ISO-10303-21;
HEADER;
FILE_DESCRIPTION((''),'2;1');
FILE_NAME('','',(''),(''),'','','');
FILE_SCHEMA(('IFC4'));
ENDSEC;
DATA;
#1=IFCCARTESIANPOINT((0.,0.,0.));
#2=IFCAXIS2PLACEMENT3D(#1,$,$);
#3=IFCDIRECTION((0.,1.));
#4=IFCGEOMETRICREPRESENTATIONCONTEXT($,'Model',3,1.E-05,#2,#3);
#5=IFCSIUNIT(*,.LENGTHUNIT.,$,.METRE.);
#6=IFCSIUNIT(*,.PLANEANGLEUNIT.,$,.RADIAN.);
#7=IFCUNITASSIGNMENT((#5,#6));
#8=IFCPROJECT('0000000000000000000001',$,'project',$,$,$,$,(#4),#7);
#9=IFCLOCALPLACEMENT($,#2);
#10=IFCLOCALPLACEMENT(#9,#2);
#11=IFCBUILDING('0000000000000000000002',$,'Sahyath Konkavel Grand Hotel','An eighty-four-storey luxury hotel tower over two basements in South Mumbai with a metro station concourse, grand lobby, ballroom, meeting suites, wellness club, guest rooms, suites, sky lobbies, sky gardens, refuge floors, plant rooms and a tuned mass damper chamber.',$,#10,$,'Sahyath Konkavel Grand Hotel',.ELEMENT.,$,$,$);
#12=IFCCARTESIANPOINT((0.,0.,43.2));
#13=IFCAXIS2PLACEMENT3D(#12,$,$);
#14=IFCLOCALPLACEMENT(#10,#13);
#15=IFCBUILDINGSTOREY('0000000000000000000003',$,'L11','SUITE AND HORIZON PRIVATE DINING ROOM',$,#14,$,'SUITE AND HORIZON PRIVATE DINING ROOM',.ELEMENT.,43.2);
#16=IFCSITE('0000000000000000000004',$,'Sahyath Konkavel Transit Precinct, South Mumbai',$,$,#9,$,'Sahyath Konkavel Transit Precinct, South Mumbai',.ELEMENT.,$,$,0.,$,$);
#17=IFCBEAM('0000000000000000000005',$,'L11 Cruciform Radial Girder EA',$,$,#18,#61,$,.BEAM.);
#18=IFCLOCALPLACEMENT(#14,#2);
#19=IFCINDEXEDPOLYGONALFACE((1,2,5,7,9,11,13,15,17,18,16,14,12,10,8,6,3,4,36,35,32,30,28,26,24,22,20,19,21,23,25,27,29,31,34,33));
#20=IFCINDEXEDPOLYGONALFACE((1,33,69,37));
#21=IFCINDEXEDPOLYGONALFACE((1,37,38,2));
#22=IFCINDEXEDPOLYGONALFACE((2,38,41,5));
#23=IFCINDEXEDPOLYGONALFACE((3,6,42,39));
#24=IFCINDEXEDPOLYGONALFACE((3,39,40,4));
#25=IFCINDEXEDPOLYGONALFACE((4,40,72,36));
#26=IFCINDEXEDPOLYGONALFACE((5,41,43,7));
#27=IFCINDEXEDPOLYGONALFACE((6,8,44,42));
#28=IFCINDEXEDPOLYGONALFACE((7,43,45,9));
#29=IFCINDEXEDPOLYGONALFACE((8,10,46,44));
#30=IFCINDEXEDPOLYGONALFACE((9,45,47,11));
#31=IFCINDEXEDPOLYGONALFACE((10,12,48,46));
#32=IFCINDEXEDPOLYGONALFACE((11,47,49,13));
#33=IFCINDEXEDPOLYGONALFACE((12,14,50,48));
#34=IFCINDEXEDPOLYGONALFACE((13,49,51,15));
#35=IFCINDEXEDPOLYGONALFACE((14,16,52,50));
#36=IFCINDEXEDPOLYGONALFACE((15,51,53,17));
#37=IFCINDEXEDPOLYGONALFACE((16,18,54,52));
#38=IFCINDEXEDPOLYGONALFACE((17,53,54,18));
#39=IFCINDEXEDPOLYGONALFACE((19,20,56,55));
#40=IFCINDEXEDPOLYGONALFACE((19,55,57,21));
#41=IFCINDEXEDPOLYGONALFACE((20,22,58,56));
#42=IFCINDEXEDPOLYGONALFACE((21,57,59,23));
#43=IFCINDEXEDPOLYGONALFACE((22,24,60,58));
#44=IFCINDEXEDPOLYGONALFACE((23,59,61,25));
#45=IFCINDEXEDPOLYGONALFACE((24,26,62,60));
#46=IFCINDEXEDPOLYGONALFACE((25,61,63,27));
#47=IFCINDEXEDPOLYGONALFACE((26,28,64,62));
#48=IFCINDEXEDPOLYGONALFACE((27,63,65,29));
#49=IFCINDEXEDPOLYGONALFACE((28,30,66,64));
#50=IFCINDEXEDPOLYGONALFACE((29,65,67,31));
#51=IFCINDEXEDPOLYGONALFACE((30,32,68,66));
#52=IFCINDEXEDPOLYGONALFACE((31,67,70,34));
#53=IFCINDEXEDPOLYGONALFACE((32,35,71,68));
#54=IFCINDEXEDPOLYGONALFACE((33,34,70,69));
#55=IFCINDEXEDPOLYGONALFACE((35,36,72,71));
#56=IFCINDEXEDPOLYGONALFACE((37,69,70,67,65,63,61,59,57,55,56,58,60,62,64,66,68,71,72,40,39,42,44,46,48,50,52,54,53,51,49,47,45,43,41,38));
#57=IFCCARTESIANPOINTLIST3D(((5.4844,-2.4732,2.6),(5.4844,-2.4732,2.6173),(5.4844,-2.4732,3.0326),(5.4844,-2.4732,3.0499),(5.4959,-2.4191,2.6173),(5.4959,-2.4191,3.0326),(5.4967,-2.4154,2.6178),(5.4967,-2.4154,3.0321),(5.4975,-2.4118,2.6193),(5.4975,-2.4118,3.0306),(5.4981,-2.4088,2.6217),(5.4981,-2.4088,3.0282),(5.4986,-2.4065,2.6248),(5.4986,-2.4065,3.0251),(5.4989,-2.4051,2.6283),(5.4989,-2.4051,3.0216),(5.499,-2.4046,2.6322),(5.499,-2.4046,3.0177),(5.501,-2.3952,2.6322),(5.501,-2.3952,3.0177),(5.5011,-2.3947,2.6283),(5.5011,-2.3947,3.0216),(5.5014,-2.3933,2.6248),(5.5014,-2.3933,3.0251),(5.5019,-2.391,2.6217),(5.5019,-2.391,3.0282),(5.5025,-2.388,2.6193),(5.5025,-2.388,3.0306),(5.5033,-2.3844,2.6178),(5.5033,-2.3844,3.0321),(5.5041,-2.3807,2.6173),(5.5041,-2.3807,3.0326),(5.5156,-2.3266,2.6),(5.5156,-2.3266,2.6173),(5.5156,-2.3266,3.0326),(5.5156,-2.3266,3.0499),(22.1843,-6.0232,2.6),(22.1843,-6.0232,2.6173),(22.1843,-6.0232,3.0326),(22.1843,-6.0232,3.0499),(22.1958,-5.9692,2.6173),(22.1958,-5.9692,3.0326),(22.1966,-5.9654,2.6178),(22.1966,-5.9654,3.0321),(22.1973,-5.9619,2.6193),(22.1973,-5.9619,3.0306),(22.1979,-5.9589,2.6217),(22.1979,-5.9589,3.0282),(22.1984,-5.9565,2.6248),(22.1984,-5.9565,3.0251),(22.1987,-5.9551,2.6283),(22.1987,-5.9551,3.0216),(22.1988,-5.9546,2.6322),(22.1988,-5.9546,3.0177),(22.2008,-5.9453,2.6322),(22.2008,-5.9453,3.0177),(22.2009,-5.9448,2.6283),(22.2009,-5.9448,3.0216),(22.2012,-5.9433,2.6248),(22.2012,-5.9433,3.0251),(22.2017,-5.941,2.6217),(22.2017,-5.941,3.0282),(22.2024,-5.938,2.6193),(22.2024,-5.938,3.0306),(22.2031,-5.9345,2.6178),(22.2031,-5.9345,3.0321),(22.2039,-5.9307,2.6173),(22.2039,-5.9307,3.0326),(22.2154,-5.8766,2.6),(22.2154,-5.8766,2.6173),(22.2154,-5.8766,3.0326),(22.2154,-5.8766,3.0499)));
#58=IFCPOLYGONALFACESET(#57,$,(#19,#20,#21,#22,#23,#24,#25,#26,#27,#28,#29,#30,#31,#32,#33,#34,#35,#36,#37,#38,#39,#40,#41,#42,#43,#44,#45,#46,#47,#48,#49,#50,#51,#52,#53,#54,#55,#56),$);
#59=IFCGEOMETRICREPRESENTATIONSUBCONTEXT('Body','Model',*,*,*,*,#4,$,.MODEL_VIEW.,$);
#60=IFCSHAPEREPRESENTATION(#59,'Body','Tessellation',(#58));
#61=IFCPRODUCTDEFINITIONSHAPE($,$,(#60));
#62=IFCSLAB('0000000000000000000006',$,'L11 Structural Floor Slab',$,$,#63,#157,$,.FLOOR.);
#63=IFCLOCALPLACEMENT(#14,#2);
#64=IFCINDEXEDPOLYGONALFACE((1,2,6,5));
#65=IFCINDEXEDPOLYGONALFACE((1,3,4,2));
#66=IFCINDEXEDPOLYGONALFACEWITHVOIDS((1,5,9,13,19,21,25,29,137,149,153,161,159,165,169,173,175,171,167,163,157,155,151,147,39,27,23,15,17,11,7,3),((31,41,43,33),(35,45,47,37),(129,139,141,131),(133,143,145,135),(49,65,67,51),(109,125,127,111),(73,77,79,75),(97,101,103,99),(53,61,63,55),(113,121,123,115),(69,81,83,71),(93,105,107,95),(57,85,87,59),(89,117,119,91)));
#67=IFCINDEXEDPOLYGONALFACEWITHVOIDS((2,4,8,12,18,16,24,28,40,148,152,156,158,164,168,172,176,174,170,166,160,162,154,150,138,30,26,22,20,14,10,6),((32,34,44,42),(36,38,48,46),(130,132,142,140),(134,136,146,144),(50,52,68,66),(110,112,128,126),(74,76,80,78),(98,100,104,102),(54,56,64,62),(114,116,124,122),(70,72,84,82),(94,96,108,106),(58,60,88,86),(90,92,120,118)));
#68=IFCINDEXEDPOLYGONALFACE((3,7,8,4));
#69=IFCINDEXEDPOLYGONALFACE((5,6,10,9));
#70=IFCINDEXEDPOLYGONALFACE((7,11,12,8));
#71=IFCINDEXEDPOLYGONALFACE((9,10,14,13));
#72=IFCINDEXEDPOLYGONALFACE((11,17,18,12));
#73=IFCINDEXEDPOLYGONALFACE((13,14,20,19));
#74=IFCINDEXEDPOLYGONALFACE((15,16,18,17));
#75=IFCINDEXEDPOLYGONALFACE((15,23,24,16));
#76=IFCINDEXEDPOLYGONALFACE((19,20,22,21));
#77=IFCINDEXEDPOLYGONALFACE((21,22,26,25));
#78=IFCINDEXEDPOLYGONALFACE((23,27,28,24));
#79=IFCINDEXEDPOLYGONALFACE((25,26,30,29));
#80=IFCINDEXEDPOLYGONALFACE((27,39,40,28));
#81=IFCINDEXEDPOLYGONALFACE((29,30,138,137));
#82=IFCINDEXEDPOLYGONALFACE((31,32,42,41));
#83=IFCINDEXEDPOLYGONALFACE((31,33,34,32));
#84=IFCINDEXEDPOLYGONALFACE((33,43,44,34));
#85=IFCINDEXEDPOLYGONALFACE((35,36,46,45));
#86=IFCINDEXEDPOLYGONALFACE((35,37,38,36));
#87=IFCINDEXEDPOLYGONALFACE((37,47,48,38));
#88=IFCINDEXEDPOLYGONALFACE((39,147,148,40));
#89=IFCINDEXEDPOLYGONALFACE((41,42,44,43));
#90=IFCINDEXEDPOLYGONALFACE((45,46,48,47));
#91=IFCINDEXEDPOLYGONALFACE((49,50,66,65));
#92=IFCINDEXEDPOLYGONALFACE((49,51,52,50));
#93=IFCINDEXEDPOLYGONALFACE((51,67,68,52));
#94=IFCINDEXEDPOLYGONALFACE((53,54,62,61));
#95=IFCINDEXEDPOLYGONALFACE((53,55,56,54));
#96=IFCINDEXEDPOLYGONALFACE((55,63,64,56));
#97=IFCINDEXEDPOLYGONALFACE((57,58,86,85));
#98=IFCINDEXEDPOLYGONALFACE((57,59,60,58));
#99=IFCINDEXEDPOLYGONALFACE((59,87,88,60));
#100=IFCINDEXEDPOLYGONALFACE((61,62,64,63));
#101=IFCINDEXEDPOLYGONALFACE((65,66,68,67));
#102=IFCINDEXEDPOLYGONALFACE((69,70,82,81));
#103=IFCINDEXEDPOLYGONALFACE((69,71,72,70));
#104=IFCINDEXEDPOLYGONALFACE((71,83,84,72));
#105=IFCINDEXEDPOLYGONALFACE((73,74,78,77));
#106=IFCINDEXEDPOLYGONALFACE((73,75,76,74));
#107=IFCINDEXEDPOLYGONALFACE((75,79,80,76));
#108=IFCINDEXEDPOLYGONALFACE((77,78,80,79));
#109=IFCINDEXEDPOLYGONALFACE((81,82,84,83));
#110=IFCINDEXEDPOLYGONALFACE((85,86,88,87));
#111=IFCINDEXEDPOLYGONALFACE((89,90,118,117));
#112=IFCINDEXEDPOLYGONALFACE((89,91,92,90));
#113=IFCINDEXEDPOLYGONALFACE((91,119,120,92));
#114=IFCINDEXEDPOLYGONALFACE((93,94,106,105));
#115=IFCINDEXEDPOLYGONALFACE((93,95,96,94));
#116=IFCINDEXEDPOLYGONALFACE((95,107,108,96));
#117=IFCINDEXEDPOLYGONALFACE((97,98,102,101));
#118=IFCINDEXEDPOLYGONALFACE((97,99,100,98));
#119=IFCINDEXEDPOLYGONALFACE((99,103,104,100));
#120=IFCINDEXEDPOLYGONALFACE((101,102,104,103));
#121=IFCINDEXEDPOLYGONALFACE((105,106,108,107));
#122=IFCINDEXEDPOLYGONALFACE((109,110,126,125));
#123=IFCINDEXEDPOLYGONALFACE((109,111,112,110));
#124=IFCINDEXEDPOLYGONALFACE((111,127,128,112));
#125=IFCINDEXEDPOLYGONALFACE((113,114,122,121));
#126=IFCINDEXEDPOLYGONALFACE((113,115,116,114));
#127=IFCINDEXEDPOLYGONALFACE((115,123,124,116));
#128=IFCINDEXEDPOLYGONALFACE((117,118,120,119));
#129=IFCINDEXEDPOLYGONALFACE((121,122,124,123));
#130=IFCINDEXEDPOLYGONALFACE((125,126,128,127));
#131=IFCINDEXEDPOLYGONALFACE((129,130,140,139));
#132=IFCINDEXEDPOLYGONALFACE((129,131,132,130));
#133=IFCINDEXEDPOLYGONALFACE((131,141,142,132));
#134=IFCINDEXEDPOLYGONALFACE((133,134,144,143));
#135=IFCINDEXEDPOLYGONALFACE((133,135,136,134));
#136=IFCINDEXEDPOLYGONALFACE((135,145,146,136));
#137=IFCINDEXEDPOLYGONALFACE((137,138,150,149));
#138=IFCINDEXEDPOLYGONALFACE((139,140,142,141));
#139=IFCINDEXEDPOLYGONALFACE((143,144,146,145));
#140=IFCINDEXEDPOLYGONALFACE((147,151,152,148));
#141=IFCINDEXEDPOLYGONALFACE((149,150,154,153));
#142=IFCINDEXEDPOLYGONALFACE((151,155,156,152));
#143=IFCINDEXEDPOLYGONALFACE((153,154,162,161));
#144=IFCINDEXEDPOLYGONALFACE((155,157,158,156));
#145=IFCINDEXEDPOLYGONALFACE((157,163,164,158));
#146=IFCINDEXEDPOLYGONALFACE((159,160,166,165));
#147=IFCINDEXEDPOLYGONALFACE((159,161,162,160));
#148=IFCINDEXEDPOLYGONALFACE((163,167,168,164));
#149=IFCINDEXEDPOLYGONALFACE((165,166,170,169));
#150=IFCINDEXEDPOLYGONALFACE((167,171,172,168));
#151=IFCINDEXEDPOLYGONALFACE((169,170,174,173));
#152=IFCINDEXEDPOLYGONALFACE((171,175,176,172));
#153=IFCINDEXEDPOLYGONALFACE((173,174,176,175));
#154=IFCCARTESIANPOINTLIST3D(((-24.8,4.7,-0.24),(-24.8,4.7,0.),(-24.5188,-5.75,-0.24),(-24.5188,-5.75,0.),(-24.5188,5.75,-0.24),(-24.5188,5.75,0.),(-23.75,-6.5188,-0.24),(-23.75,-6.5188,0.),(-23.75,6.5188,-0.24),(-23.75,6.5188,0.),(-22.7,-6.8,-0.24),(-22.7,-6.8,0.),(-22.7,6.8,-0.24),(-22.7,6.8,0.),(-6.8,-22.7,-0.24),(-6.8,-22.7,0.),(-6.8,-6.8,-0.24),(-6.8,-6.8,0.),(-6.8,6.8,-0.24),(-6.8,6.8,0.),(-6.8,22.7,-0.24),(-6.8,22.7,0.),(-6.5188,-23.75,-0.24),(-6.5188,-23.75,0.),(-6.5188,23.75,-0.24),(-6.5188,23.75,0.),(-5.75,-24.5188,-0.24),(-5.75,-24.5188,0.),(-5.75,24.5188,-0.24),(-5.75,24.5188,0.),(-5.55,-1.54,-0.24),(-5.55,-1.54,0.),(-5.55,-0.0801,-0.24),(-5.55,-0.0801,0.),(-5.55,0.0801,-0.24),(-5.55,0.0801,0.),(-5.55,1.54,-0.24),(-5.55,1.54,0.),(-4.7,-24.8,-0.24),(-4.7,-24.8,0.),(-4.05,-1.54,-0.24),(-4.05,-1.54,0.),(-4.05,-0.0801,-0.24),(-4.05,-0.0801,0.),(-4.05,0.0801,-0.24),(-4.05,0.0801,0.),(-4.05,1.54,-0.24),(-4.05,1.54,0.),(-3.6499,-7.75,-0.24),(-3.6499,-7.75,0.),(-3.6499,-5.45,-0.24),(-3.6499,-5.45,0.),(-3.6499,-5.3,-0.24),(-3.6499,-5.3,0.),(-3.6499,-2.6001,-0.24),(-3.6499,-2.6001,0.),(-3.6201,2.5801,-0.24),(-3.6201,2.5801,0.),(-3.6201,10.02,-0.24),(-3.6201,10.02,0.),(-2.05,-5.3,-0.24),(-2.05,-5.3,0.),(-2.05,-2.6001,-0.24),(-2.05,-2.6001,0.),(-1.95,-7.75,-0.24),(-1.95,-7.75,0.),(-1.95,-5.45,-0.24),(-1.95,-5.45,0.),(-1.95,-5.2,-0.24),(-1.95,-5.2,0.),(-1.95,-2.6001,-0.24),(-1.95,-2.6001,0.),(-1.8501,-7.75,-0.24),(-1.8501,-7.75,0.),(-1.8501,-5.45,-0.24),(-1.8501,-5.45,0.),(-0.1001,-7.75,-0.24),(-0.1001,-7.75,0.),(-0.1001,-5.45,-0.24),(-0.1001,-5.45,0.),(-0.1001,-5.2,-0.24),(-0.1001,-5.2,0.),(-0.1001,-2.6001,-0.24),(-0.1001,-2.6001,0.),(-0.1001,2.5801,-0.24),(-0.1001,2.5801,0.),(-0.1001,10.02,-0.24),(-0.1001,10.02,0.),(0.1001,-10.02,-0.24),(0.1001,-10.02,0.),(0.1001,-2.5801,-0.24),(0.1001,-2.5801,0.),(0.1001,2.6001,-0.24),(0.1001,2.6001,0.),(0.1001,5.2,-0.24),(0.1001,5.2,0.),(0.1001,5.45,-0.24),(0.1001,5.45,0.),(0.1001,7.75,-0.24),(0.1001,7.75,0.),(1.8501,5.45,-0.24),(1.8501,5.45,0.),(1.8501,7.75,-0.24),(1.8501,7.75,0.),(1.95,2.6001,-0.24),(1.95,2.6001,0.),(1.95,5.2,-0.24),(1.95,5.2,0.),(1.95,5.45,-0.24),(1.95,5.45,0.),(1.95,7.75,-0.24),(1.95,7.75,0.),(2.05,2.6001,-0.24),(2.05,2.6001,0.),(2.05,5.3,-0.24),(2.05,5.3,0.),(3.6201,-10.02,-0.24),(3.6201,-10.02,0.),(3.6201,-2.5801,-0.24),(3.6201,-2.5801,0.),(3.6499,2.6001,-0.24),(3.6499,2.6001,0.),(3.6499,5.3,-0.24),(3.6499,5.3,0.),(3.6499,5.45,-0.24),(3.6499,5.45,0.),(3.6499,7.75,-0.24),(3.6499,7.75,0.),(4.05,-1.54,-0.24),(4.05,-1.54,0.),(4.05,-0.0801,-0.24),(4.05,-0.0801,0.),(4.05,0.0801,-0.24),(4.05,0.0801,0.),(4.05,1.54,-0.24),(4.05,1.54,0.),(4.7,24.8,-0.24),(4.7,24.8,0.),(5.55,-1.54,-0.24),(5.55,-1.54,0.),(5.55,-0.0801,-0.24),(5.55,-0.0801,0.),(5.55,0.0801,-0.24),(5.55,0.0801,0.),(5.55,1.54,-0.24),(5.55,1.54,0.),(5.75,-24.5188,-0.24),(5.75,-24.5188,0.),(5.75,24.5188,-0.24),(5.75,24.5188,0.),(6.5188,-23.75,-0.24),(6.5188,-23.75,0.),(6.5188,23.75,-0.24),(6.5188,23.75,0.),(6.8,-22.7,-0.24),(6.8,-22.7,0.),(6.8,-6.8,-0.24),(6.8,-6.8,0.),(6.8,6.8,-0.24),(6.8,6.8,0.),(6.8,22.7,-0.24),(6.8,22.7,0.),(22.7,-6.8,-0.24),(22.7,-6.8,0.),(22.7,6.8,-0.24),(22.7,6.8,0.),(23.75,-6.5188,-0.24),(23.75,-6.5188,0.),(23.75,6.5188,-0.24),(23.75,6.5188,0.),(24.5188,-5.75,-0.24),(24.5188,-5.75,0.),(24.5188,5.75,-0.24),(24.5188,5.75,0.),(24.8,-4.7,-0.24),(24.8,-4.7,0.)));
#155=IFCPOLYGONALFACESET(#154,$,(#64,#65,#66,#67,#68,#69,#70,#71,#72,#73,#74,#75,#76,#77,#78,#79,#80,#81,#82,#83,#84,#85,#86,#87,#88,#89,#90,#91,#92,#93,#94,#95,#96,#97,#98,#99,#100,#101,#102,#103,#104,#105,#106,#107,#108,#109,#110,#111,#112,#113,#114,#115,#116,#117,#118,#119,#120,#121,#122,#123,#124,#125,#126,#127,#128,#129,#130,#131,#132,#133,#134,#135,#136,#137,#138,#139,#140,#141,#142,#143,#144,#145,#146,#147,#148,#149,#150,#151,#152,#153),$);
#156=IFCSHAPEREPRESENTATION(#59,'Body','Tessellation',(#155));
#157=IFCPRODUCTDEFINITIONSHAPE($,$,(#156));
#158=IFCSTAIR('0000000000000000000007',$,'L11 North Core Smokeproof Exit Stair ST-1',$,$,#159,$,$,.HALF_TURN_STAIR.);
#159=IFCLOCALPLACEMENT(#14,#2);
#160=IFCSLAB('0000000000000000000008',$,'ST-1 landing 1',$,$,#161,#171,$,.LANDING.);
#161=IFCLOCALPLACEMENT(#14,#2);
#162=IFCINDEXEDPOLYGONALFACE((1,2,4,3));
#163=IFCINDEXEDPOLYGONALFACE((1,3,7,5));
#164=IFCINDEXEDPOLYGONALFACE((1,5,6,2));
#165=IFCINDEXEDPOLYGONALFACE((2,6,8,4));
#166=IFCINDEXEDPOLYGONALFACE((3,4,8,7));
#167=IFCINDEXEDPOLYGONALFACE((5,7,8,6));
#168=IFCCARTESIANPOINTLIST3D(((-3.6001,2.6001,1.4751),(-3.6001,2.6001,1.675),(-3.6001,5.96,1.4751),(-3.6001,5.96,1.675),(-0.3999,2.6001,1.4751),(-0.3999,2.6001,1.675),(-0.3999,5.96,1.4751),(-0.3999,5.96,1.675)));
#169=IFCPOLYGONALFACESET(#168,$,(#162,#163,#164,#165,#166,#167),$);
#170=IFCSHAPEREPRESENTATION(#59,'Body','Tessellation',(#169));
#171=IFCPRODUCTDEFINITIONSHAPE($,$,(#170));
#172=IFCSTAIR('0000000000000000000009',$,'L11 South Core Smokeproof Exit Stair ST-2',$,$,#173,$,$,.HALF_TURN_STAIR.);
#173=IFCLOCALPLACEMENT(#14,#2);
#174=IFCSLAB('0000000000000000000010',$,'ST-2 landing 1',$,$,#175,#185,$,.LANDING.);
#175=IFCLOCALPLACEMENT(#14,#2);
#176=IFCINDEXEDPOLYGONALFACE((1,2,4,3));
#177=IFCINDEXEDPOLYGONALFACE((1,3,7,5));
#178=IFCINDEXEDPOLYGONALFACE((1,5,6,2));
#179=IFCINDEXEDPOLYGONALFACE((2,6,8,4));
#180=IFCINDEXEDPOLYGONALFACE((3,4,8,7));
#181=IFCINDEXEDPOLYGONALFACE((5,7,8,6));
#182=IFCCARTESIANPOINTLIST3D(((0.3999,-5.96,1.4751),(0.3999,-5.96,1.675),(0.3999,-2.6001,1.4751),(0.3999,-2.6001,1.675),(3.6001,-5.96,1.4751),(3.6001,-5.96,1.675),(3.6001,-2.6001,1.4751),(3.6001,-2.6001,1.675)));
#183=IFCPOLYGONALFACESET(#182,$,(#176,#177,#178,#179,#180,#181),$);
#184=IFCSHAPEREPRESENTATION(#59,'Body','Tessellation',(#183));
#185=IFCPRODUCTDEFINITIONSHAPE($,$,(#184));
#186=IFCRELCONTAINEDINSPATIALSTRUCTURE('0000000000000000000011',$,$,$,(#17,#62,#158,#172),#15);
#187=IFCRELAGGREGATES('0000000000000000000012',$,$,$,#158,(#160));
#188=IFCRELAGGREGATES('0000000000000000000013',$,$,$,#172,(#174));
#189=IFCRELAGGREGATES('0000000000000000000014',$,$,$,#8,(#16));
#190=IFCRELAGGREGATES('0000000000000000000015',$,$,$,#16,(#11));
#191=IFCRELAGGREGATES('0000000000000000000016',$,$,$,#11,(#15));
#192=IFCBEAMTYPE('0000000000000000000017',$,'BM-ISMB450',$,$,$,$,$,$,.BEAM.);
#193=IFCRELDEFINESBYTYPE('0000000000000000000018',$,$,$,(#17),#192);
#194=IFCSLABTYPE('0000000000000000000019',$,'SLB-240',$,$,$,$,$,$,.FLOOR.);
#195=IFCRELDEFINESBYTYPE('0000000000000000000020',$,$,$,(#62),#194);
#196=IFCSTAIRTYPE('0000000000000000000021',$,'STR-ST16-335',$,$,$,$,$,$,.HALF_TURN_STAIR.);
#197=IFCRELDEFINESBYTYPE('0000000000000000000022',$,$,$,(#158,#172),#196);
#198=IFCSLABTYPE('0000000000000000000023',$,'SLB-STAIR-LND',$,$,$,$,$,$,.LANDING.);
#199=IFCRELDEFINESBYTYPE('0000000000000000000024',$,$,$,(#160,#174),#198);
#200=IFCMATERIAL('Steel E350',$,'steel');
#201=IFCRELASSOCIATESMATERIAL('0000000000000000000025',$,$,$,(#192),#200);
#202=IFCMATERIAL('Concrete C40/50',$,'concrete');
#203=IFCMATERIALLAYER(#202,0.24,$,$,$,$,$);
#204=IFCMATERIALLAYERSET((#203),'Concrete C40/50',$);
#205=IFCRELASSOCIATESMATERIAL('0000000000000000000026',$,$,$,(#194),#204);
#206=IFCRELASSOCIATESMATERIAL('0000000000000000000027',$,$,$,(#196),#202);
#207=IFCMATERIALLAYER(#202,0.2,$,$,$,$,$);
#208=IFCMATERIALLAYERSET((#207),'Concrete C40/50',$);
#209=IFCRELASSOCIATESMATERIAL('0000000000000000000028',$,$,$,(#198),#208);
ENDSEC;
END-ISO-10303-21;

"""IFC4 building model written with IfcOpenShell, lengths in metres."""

from ifc_helpers import new_model, si_unit, direction, frame, origin, origin_2d, place, context, subcontext, project, spatial, polyline, i_section, outline, extrude, source, transform, mapped, material, layer, layer_set, material_profile, profile_set, type_object, element, aggregate, save


model = new_model("IFC4")

# Units and contexts
model_context = context("Model", 3, precision=1e-05, world=origin(), true_north=direction((0.0, 1.0)))
body_context = subcontext(model_context, "Body", "Model", "MODEL_VIEW")
ifc_project = project(units=[si_unit("LENGTHUNIT", "METRE"), si_unit("PLANEANGLEUNIT", "RADIAN")], contexts=[model_context])

# Site, building, storey
site_placement = place(None, origin())
site = spatial("IfcSite", under=ifc_project, at=site_placement, Name="Sahyath Konkavel Transit Precinct, South Mumbai", LongName="Sahyath Konkavel Transit Precinct, South Mumbai", CompositionType="ELEMENT", RefElevation=0.0)
building_placement = place(site_placement, origin())
building = spatial("IfcBuilding", under=site, at=building_placement, Name="Sahyath Konkavel Grand Hotel", Description="An eighty-four-storey luxury hotel tower over two basements in South Mumbai with a metro station concourse, grand lobby, ballroom, meeting suites, wellness club, guest rooms, suites, sky lobbies, sky gardens, refuge floors, plant rooms and a tuned mass damper chamber.", LongName="Sahyath Konkavel Grand Hotel", CompositionType="ELEMENT")
storey_placement = place(building_placement, frame((0.0, 0.0, 43.2)))
storey = spatial("IfcBuildingStorey", under=building, at=storey_placement, Name="L11", Description="SUITE AND HORIZON PRIVATE DINING ROOM", LongName="SUITE AND HORIZON PRIVATE DINING ROOM", CompositionType="ELEMENT", Elevation=43.2)

# Beam
ifc_material_1 = material(Name="Steel E350", Category="steel")
ifc_material_profile_1 = material_profile(ifc_material_1, i_section(OverallWidth=0.1499, OverallDepth=0.45, WebThickness=0.0095, FlangeThickness=0.0173, FilletRadius=0.0149, at=origin_2d()), Name="ISMB 450")
ifc_profile_set_1 = profile_set([ifc_material_profile_1], Name="Steel E350")
beam_type_1 = type_object("IfcBeamType", Name="BM-ISMB450", PredefinedType="BEAM", material=ifc_profile_set_1)
shared_shape_1 = source(origin(), body_context, "Body", "SweptSolid", [
    extrude(i_section(OverallWidth=0.1499, OverallDepth=0.45, WebThickness=0.0095, FlangeThickness=0.0173, FilletRadius=0.0149, at=origin_2d()), origin(), (0.0, 0.0, 1.0), 17.073),
])
beam_1_placement = place(storey_placement, frame((5.5, -2.3999, 2.825), z_axis=(0.978143, -0.207932, 0.0), x_axis=(0.207932, 0.978143, 0.0)))
element("IfcBeam", 1, at=beam_1_placement, inside=storey, type_object=beam_type_1, Name="L11 Cruciform Radial Girder EA", PredefinedType="BEAM", context=body_context, shape_type="MappedRepresentation", body=[
    mapped(shared_shape_1, transform((0.0, 0.0, 0.0), scale=1.0)),
])

# Slab
ifc_material_2 = material(Name="Concrete C40/50", Category="concrete")
ifc_layer_1 = layer(ifc_material_2, 0.24)
ifc_layer_set_1 = layer_set([ifc_layer_1], Name="Concrete C40/50")
slab_type_1 = type_object("IfcSlabType", Name="SLB-240", PredefinedType="FLOOR", material=ifc_layer_set_1)
slab_1_placement = place(storey_placement, frame((0.0, 0.0, -0.24)))
element("IfcSlab", 2, at=slab_1_placement, inside=storey, type_object=slab_type_1, Name="L11 Structural Floor Slab", PredefinedType="FLOOR", context=body_context, shape_type="SweptSolid", body=[
    extrude(outline(polyline([(6.8, -6.8), (22.7, -6.8), (23.75, -6.5188), (24.5188, -5.75), (24.8, -4.7), (24.5188, 5.75), (23.75, 6.5188), (22.7, 6.8), (6.8, 6.8), (6.8, 22.7), (6.5188, 23.75), (5.75, 24.5188), (4.7, 24.8), (-5.75, 24.5188), (-6.5188, 23.75), (-6.8, 22.7), (-6.8, 6.8), (-22.7, 6.8), (-23.75, 6.5188), (-24.5188, 5.75), (-24.8, 4.7), (-24.5188, -5.75), (-23.75, -6.5188), (-22.7, -6.8), (-6.8, -6.8), (-6.8, -22.7), (-6.5188, -23.75), (-5.75, -24.5188), (-4.7, -24.8), (5.75, -24.5188), (6.5188, -23.75), (6.8, -22.7), (6.8, -6.8)]), holes=[polyline([(-3.6201, 2.5801), (-0.1001, 2.5801), (-0.1001, 10.02), (-3.6201, 10.02), (-3.6201, 2.5801)]), polyline([(0.1001, -10.02), (3.6201, -10.02), (3.6201, -2.5801), (0.1001, -2.5801), (0.1001, -10.02)]), polyline([(0.1001, 2.6001), (1.95, 2.6001), (1.95, 5.2), (0.1001, 5.2), (0.1001, 2.6001)]), polyline([(-1.95, -5.2), (-0.1001, -5.2), (-0.1001, -2.6001), (-1.95, -2.6001), (-1.95, -5.2)]), polyline([(2.05, 2.6001), (3.6499, 2.6001), (3.6499, 5.3), (2.05, 5.3), (2.05, 2.6001)]), polyline([(-3.6499, -5.3), (-2.05, -5.3), (-2.05, -2.6001), (-3.6499, -2.6001), (-3.6499, -5.3)]), polyline([(0.1001, 5.45), (1.8501, 5.45), (1.8501, 7.75), (0.1001, 7.75), (0.1001, 5.45)]), polyline([(1.95, 5.45), (3.6499, 5.45), (3.6499, 7.75), (1.95, 7.75), (1.95, 5.45)]), polyline([(-3.6499, -7.75), (-1.95, -7.75), (-1.95, -5.45), (-3.6499, -5.45), (-3.6499, -7.75)]), polyline([(-1.8501, -7.75), (-0.1001, -7.75), (-0.1001, -5.45), (-1.8501, -5.45), (-1.8501, -7.75)]), polyline([(4.05, 0.0801), (5.55, 0.0801), (5.55, 1.54), (4.05, 1.54), (4.05, 0.0801)]), polyline([(4.05, -1.54), (5.55, -1.54), (5.55, -0.0801), (4.05, -0.0801), (4.05, -1.54)]), polyline([(-5.55, 0.0801), (-4.05, 0.0801), (-4.05, 1.54), (-5.55, 1.54), (-5.55, 0.0801)]), polyline([(-5.55, -1.54), (-4.05, -1.54), (-4.05, -0.0801), (-5.55, -0.0801), (-5.55, -1.54)])]), origin(), (0.0, 0.0, 1.0), 0.24),
])

# Stairs, slabs
stair_type = type_object("IfcStairType", Name="STR-ST16-335", PredefinedType="HALF_TURN_STAIR", material=ifc_material_2)
stair_1_placement = place(storey_placement, origin())
stair_1 = element("IfcStair", 3, at=stair_1_placement, inside=storey, type_object=stair_type, Name="L11 North Core Smokeproof Exit Stair ST-1", PredefinedType="HALF_TURN_STAIR")
ifc_layer_2 = layer(ifc_material_2, 0.2)
ifc_layer_set_2 = layer_set([ifc_layer_2], Name="Concrete C40/50")
slab_type_2 = type_object("IfcSlabType", Name="SLB-STAIR-LND", PredefinedType="LANDING", material=ifc_layer_set_2)
slab_2_placement = place(storey_placement, frame((0.0, 0.0, 1.4751)))
slab_2 = element("IfcSlab", 4, at=slab_2_placement, type_object=slab_type_2, Name="ST-1 landing 1", PredefinedType="LANDING", context=body_context, shape_type="SweptSolid", body=[
    extrude(outline(polyline([(-3.6001, 5.96), (-3.6001, 2.6001), (-0.3999, 2.6001), (-0.3999, 5.96), (-3.6001, 5.96)])), origin(), (0.0, 0.0, 1.0), 0.2),
])
aggregate(stair_1, [slab_2])
stair_2_placement = place(storey_placement, origin())
stair_2 = element("IfcStair", 5, at=stair_2_placement, inside=storey, type_object=stair_type, Name="L11 South Core Smokeproof Exit Stair ST-2", PredefinedType="HALF_TURN_STAIR")
slab_3_placement = place(storey_placement, frame((0.0, 0.0, 1.4751)))
slab_3 = element("IfcSlab", 6, at=slab_3_placement, type_object=slab_type_2, Name="ST-2 landing 1", PredefinedType="LANDING", context=body_context, shape_type="SweptSolid", body=[
    extrude(outline(polyline([(3.6001, -5.96), (3.6001, -2.6001), (0.3999, -2.6001), (0.3999, -5.96), (3.6001, -5.96)])), origin(), (0.0, 0.0, 1.0), 0.2),
])

aggregate(stair_2, [slab_3])

save(model, "model.ifc")
